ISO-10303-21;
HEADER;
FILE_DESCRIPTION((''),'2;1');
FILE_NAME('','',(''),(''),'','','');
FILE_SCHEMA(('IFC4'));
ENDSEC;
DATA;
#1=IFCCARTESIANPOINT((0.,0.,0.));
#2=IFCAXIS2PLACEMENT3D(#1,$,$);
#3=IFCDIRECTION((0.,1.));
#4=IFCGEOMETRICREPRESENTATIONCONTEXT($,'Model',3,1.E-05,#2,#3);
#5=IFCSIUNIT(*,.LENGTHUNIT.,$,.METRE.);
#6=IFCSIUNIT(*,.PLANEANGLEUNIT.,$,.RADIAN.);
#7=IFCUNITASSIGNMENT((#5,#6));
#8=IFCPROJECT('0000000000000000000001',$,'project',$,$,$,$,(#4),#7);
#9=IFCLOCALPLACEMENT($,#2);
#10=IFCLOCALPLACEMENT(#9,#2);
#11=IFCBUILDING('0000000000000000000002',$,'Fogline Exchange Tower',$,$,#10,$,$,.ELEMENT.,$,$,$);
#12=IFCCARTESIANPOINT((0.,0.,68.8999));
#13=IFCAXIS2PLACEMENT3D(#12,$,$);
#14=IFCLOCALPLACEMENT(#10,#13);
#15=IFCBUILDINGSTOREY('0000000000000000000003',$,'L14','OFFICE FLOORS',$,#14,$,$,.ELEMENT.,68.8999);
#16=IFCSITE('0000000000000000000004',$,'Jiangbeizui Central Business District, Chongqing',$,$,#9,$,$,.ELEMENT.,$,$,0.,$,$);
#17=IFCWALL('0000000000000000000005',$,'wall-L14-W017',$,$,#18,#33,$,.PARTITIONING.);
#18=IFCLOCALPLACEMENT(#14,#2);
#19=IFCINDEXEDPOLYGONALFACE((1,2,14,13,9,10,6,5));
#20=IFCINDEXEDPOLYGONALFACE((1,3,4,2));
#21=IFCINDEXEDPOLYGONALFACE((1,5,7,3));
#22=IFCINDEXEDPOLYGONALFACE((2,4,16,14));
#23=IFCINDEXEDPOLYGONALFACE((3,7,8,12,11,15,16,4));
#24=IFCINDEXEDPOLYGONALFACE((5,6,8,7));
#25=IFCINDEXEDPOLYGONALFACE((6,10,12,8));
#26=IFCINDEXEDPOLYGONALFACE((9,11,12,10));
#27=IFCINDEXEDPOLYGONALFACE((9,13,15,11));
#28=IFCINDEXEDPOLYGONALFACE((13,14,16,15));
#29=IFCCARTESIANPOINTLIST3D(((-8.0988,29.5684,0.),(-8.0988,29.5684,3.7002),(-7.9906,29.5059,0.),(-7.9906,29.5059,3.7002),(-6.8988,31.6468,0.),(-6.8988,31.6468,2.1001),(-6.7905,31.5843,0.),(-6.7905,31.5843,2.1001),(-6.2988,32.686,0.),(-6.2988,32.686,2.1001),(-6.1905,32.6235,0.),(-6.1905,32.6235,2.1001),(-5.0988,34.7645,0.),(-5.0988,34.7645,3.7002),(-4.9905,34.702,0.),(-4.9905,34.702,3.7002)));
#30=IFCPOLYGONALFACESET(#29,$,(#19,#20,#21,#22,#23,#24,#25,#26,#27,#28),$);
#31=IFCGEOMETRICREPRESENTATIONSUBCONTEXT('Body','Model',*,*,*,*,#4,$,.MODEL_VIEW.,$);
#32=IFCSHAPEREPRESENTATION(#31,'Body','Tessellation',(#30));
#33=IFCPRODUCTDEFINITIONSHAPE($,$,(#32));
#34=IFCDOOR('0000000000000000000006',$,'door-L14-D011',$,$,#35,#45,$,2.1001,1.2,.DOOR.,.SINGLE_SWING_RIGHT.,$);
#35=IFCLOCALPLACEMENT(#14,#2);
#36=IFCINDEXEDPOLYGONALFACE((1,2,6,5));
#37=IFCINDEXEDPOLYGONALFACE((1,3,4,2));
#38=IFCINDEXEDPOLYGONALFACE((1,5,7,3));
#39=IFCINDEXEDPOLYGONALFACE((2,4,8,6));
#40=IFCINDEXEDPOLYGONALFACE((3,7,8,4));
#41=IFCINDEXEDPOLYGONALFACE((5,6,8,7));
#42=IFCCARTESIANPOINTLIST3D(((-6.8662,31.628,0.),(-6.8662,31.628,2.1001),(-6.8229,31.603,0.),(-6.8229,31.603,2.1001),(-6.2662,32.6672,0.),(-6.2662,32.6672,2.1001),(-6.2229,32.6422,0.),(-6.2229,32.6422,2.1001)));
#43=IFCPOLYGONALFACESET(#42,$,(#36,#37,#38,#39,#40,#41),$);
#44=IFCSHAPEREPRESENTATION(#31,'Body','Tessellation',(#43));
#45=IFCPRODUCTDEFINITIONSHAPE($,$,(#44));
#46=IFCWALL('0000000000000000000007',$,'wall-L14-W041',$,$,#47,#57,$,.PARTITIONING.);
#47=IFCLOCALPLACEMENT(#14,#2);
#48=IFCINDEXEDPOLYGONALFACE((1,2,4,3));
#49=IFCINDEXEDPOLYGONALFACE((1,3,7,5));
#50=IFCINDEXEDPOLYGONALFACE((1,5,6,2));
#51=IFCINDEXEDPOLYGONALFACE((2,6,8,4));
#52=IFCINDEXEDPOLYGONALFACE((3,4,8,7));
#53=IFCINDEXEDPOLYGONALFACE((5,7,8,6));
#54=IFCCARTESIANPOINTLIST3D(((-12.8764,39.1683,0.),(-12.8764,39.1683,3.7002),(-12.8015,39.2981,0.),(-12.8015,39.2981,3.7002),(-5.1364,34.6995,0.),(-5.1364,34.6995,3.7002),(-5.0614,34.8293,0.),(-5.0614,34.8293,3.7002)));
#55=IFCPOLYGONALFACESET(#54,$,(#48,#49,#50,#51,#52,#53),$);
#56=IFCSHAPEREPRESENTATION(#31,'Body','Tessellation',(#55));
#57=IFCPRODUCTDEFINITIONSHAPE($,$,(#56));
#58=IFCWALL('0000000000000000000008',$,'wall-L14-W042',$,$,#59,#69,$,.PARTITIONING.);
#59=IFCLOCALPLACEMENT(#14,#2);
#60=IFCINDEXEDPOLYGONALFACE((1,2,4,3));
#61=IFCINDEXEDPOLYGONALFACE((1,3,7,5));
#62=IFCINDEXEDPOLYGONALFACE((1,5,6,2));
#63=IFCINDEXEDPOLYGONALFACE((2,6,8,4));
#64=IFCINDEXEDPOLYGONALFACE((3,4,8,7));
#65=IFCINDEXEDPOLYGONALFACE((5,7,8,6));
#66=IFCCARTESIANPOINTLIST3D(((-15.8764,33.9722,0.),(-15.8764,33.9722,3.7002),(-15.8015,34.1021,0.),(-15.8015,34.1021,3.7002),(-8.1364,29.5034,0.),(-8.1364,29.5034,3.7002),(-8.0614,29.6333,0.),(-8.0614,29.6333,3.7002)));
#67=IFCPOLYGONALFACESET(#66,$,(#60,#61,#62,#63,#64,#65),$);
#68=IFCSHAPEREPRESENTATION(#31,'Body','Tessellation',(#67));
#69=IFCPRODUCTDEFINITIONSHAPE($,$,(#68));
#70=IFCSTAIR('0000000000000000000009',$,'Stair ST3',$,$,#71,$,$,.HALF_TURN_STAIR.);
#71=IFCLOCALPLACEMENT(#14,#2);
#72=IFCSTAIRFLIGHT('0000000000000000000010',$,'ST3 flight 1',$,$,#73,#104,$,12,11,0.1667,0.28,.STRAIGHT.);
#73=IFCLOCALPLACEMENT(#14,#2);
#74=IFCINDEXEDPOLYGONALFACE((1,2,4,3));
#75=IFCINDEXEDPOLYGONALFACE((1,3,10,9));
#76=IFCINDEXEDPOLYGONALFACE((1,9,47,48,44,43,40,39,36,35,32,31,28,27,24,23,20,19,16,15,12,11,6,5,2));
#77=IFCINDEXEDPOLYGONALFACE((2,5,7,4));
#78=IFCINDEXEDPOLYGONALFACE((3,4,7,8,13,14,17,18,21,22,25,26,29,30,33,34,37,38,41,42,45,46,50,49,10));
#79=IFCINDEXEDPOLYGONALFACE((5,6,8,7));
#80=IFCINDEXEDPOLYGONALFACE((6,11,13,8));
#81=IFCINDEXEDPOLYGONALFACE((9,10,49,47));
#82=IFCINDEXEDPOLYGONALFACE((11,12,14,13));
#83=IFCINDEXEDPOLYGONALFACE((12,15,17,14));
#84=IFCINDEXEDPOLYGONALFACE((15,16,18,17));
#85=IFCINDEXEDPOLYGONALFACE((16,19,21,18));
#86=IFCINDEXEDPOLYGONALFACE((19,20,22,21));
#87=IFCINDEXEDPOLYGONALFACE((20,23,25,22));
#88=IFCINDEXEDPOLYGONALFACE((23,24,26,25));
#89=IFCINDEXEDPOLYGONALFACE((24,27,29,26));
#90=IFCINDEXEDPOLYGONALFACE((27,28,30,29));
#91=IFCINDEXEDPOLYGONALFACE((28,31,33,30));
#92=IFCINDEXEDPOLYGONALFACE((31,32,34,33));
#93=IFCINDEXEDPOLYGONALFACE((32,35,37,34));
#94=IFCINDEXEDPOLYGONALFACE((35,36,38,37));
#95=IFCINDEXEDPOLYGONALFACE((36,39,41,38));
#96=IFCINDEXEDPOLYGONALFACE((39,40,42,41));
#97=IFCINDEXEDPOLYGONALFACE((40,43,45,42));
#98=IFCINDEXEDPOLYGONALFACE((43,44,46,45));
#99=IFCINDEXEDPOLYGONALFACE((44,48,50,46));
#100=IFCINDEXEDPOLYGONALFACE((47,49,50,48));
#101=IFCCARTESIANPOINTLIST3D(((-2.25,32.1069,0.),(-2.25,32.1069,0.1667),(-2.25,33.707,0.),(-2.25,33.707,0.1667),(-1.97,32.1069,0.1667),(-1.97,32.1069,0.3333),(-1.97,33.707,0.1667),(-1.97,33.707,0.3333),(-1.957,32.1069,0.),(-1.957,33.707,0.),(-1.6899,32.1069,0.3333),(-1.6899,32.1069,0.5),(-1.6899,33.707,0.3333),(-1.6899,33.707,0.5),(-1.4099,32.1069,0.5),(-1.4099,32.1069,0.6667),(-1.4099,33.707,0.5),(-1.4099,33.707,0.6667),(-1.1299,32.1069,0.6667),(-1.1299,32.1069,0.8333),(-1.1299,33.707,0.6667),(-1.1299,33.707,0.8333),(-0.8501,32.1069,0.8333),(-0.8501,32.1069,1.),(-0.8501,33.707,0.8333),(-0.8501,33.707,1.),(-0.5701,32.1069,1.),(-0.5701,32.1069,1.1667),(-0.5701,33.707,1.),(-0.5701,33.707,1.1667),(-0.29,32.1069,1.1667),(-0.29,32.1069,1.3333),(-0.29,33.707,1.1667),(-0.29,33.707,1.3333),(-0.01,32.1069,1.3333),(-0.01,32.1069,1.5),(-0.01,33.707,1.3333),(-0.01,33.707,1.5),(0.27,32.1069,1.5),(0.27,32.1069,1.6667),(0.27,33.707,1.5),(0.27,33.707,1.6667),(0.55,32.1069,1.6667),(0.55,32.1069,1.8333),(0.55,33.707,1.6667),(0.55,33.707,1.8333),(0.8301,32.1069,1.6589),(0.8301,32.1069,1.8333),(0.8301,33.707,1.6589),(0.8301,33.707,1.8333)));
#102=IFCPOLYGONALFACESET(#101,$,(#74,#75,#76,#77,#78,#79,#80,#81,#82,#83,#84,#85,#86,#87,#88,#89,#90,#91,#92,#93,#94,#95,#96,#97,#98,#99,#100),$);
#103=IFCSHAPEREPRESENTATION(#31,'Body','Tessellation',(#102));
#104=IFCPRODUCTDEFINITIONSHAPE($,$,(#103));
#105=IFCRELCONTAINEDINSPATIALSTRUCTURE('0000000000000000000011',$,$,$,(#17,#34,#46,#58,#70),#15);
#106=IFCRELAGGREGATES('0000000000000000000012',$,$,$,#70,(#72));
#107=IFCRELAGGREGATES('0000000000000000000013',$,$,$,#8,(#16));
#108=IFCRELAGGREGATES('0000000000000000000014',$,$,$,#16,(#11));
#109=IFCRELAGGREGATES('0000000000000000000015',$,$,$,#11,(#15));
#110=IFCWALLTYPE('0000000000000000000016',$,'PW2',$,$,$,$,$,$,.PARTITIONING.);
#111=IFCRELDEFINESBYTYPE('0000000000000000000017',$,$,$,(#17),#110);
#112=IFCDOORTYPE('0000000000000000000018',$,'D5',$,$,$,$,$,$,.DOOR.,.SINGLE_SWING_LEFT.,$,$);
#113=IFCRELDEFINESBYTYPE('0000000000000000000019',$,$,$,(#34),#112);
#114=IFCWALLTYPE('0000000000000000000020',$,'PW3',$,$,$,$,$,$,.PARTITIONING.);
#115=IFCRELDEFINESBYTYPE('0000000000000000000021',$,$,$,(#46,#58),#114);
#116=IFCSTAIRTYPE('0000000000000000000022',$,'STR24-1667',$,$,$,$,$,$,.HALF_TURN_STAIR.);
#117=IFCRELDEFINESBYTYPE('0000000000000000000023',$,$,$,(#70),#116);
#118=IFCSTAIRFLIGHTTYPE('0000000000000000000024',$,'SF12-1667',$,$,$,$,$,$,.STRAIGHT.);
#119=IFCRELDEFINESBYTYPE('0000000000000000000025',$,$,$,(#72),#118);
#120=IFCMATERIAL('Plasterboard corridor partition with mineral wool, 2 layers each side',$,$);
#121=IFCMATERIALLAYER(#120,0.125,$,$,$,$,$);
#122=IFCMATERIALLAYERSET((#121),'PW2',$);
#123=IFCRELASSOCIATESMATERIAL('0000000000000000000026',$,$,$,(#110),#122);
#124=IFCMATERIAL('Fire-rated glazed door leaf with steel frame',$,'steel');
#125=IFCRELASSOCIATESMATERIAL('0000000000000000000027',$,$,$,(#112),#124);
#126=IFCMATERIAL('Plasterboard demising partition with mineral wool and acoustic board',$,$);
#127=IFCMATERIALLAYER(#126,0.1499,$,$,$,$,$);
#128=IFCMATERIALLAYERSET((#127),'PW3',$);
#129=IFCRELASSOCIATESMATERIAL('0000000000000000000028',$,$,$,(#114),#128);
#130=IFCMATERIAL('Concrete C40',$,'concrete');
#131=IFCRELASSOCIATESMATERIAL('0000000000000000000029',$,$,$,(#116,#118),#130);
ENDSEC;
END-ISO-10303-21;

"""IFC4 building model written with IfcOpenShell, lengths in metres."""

from ifc_helpers import new_model, si_unit, direction, frame, frame_2d, origin, place, context, subcontext, project, spatial, polyline, rectangle, outline, extrude, material, layer, layer_set, type_object, element, fill, aggregate, save


model = new_model("IFC4")

# Units and contexts
model_context = context("Model", 3, precision=1e-05, world=origin(), true_north=direction((0.0, 1.0)))
body_context = subcontext(model_context, "Body", "Model", "MODEL_VIEW")
ifc_project = project(units=[si_unit("LENGTHUNIT", "METRE"), si_unit("PLANEANGLEUNIT", "RADIAN")], contexts=[model_context])

# Site, building, storey
site_placement = place(None, origin())
site = spatial("IfcSite", under=ifc_project, at=site_placement, Name="Jiangbeizui Central Business District, Chongqing", CompositionType="ELEMENT", RefElevation=0.0)
building_placement = place(site_placement, origin())
building = spatial("IfcBuilding", under=site, at=building_placement, Name="Fogline Exchange Tower", CompositionType="ELEMENT")
storey_placement = place(building_placement, frame((0.0, 0.0, 68.8999)))
storey = spatial("IfcBuildingStorey", under=building, at=storey_placement, Name="L14", Description="OFFICE FLOORS", CompositionType="ELEMENT", Elevation=68.8999)

# Shared definitions
ifc_material_1 = material(Name="Concrete C40", Category="concrete")

# Wall, opening, door
ifc_material_2 = material(Name="Plasterboard corridor partition with mineral wool, 2 layers each side")
ifc_layer_1 = layer(ifc_material_2, 0.125)
ifc_layer_set_1 = layer_set([ifc_layer_1], Name="PW2")
wall_type_1 = type_object("IfcWallType", Name="PW2", PredefinedType="PARTITIONING", material=ifc_layer_set_1)
wall_1_placement = place(storey_placement, frame((-8.0447, 29.5371, 0.0), z_axis=(0.0, 0.0, 1.0), x_axis=(0.500008, 0.866021, 0.0)))
wall_1 = element("IfcWall", 1, at=wall_1_placement, inside=storey, type_object=wall_type_1, Name="wall-L14-W017", PredefinedType="PARTITIONING", context=body_context, shape_type="SweptSolid", body=[
    extrude(rectangle(XDim=6.0, YDim=0.125, at=frame_2d((3.0, 0.0))), origin(), (0.0, 0.0, 1.0), 3.7002),
])
opening_1_placement = place(wall_1_placement, frame((2.3999, 0.0, 0.0)))
opening_1 = element("IfcOpeningElement", 2, at=opening_1_placement, cuts=wall_1, PredefinedType="OPENING", context=body_context, shape_type="SweptSolid", body=[
    extrude(rectangle(XDim=1.2, YDim=2.1001, at=frame_2d((0.6001, 1.05))), frame((0.0, 0.0725, 0.0), z_axis=(0.0, -1.0, 0.0), x_axis=(1.0, 0.0, 0.0)), (0.0, 0.0, 1.0), 0.145),
])
ifc_material_3 = material(Name="Fire-rated glazed door leaf with steel frame", Category="steel")
door_type_1 = type_object("IfcDoorType", Name="D5", OperationType="SINGLE_SWING_LEFT", PredefinedType="DOOR", material=ifc_material_3)
door_1_placement = place(opening_1_placement, origin())
door_1 = element("IfcDoor", 3, at=door_1_placement, inside=storey, type_object=door_type_1, Name="door-L14-D011", OperationType="SINGLE_SWING_RIGHT", OverallHeight=2.1001, OverallWidth=1.2, PredefinedType="DOOR", context=body_context, shape_type="SweptSolid", body=[
    extrude(rectangle(XDim=1.2, YDim=2.1001, at=frame_2d((0.6001, 1.05))), frame((0.0, 0.0249, 0.0), z_axis=(0.0, -1.0, 0.0), x_axis=(1.0, 0.0, 0.0)), (0.0, 0.0, 1.0), 0.05),
])
fill(opening_1, door_1)

# Walls
ifc_material_4 = material(Name="Plasterboard demising partition with mineral wool and acoustic board")
ifc_layer_2 = layer(ifc_material_4, 0.1499)
ifc_layer_set_2 = layer_set([ifc_layer_2], Name="PW3")
wall_type_2 = type_object("IfcWallType", Name="PW3", PredefinedType="PARTITIONING", material=ifc_layer_set_2)
for number, where, z_axis, x_axis, name in (
    (4, (-5.0989, 34.7644, 0.0), (0.0, 0.0, 1.0), (-0.866022, 0.500005, 0.0), "wall-L14-W041"),
    (5, (-8.0989, 29.5684, 0.0), (0.0, 0.0, 1.0), (-0.866022, 0.500005, 0.0), "wall-L14-W042"),
):
    element("IfcWall", number, at=place(storey_placement, frame(where, z_axis=z_axis, x_axis=x_axis)), inside=storey, type_object=wall_type_2, Name=name, PredefinedType="PARTITIONING", context=body_context, shape_type="SweptSolid", body=[
        extrude(rectangle(XDim=8.9375, YDim=0.1499, at=frame_2d((4.4688, 0.0))), origin(), (0.0, 0.0, 1.0), 3.7002),
    ])

# Stair, stair flight
stair_type = type_object("IfcStairType", Name="STR24-1667", PredefinedType="HALF_TURN_STAIR", material=ifc_material_1)
stair_placement = place(storey_placement, origin())
stair = element("IfcStair", 6, at=stair_placement, inside=storey, type_object=stair_type, Name="Stair ST3", PredefinedType="HALF_TURN_STAIR")
stair_flight_type = type_object("IfcStairFlightType", Name="SF12-1667", PredefinedType="STRAIGHT", material=ifc_material_1)
stair_flight_placement = place(storey_placement, frame((-2.25, 32.907, 0.0), z_axis=(0.0, 0.0, 1.0), x_axis=(1.0, 0.0, 0.0)))
stair_flight = element("IfcStairFlight", 7, at=stair_flight_placement, type_object=stair_flight_type, Name="ST3 flight 1", NumberOfRisers=12, NumberOfTreads=11, PredefinedType="STRAIGHT", RiserHeight=0.1667, TreadLength=0.28, context=body_context, shape_type="SweptSolid", body=[
    extrude(outline(polyline([(0.0, 0.0), (0.0, 0.1667), (0.28, 0.1667), (0.28, 0.3333), (0.5601, 0.3333), (0.5601, 0.5), (0.8401, 0.5), (0.8401, 0.6667), (1.1201, 0.6667), (1.1201, 0.8333), (1.3999, 0.8333), (1.3999, 1.0), (1.6799, 1.0), (1.6799, 1.1667), (1.96, 1.1667), (1.96, 1.3333), (2.24, 1.3333), (2.24, 1.5), (2.52, 1.5), (2.52, 1.6667), (2.8, 1.6667), (2.8, 1.8333), (3.0801, 1.8333), (3.0801, 2.0), (3.0801, 1.6589), (0.293, 0.0), (0.0, 0.0)])), frame((0.0, 0.8, 0.0), z_axis=(0.0, -1.0, 0.0), x_axis=(1.0, 0.0, 0.0)), (0.0, 0.0, 1.0), 1.6001),
])
aggregate(stair, [stair_flight])

save(model, "model.ifc")
